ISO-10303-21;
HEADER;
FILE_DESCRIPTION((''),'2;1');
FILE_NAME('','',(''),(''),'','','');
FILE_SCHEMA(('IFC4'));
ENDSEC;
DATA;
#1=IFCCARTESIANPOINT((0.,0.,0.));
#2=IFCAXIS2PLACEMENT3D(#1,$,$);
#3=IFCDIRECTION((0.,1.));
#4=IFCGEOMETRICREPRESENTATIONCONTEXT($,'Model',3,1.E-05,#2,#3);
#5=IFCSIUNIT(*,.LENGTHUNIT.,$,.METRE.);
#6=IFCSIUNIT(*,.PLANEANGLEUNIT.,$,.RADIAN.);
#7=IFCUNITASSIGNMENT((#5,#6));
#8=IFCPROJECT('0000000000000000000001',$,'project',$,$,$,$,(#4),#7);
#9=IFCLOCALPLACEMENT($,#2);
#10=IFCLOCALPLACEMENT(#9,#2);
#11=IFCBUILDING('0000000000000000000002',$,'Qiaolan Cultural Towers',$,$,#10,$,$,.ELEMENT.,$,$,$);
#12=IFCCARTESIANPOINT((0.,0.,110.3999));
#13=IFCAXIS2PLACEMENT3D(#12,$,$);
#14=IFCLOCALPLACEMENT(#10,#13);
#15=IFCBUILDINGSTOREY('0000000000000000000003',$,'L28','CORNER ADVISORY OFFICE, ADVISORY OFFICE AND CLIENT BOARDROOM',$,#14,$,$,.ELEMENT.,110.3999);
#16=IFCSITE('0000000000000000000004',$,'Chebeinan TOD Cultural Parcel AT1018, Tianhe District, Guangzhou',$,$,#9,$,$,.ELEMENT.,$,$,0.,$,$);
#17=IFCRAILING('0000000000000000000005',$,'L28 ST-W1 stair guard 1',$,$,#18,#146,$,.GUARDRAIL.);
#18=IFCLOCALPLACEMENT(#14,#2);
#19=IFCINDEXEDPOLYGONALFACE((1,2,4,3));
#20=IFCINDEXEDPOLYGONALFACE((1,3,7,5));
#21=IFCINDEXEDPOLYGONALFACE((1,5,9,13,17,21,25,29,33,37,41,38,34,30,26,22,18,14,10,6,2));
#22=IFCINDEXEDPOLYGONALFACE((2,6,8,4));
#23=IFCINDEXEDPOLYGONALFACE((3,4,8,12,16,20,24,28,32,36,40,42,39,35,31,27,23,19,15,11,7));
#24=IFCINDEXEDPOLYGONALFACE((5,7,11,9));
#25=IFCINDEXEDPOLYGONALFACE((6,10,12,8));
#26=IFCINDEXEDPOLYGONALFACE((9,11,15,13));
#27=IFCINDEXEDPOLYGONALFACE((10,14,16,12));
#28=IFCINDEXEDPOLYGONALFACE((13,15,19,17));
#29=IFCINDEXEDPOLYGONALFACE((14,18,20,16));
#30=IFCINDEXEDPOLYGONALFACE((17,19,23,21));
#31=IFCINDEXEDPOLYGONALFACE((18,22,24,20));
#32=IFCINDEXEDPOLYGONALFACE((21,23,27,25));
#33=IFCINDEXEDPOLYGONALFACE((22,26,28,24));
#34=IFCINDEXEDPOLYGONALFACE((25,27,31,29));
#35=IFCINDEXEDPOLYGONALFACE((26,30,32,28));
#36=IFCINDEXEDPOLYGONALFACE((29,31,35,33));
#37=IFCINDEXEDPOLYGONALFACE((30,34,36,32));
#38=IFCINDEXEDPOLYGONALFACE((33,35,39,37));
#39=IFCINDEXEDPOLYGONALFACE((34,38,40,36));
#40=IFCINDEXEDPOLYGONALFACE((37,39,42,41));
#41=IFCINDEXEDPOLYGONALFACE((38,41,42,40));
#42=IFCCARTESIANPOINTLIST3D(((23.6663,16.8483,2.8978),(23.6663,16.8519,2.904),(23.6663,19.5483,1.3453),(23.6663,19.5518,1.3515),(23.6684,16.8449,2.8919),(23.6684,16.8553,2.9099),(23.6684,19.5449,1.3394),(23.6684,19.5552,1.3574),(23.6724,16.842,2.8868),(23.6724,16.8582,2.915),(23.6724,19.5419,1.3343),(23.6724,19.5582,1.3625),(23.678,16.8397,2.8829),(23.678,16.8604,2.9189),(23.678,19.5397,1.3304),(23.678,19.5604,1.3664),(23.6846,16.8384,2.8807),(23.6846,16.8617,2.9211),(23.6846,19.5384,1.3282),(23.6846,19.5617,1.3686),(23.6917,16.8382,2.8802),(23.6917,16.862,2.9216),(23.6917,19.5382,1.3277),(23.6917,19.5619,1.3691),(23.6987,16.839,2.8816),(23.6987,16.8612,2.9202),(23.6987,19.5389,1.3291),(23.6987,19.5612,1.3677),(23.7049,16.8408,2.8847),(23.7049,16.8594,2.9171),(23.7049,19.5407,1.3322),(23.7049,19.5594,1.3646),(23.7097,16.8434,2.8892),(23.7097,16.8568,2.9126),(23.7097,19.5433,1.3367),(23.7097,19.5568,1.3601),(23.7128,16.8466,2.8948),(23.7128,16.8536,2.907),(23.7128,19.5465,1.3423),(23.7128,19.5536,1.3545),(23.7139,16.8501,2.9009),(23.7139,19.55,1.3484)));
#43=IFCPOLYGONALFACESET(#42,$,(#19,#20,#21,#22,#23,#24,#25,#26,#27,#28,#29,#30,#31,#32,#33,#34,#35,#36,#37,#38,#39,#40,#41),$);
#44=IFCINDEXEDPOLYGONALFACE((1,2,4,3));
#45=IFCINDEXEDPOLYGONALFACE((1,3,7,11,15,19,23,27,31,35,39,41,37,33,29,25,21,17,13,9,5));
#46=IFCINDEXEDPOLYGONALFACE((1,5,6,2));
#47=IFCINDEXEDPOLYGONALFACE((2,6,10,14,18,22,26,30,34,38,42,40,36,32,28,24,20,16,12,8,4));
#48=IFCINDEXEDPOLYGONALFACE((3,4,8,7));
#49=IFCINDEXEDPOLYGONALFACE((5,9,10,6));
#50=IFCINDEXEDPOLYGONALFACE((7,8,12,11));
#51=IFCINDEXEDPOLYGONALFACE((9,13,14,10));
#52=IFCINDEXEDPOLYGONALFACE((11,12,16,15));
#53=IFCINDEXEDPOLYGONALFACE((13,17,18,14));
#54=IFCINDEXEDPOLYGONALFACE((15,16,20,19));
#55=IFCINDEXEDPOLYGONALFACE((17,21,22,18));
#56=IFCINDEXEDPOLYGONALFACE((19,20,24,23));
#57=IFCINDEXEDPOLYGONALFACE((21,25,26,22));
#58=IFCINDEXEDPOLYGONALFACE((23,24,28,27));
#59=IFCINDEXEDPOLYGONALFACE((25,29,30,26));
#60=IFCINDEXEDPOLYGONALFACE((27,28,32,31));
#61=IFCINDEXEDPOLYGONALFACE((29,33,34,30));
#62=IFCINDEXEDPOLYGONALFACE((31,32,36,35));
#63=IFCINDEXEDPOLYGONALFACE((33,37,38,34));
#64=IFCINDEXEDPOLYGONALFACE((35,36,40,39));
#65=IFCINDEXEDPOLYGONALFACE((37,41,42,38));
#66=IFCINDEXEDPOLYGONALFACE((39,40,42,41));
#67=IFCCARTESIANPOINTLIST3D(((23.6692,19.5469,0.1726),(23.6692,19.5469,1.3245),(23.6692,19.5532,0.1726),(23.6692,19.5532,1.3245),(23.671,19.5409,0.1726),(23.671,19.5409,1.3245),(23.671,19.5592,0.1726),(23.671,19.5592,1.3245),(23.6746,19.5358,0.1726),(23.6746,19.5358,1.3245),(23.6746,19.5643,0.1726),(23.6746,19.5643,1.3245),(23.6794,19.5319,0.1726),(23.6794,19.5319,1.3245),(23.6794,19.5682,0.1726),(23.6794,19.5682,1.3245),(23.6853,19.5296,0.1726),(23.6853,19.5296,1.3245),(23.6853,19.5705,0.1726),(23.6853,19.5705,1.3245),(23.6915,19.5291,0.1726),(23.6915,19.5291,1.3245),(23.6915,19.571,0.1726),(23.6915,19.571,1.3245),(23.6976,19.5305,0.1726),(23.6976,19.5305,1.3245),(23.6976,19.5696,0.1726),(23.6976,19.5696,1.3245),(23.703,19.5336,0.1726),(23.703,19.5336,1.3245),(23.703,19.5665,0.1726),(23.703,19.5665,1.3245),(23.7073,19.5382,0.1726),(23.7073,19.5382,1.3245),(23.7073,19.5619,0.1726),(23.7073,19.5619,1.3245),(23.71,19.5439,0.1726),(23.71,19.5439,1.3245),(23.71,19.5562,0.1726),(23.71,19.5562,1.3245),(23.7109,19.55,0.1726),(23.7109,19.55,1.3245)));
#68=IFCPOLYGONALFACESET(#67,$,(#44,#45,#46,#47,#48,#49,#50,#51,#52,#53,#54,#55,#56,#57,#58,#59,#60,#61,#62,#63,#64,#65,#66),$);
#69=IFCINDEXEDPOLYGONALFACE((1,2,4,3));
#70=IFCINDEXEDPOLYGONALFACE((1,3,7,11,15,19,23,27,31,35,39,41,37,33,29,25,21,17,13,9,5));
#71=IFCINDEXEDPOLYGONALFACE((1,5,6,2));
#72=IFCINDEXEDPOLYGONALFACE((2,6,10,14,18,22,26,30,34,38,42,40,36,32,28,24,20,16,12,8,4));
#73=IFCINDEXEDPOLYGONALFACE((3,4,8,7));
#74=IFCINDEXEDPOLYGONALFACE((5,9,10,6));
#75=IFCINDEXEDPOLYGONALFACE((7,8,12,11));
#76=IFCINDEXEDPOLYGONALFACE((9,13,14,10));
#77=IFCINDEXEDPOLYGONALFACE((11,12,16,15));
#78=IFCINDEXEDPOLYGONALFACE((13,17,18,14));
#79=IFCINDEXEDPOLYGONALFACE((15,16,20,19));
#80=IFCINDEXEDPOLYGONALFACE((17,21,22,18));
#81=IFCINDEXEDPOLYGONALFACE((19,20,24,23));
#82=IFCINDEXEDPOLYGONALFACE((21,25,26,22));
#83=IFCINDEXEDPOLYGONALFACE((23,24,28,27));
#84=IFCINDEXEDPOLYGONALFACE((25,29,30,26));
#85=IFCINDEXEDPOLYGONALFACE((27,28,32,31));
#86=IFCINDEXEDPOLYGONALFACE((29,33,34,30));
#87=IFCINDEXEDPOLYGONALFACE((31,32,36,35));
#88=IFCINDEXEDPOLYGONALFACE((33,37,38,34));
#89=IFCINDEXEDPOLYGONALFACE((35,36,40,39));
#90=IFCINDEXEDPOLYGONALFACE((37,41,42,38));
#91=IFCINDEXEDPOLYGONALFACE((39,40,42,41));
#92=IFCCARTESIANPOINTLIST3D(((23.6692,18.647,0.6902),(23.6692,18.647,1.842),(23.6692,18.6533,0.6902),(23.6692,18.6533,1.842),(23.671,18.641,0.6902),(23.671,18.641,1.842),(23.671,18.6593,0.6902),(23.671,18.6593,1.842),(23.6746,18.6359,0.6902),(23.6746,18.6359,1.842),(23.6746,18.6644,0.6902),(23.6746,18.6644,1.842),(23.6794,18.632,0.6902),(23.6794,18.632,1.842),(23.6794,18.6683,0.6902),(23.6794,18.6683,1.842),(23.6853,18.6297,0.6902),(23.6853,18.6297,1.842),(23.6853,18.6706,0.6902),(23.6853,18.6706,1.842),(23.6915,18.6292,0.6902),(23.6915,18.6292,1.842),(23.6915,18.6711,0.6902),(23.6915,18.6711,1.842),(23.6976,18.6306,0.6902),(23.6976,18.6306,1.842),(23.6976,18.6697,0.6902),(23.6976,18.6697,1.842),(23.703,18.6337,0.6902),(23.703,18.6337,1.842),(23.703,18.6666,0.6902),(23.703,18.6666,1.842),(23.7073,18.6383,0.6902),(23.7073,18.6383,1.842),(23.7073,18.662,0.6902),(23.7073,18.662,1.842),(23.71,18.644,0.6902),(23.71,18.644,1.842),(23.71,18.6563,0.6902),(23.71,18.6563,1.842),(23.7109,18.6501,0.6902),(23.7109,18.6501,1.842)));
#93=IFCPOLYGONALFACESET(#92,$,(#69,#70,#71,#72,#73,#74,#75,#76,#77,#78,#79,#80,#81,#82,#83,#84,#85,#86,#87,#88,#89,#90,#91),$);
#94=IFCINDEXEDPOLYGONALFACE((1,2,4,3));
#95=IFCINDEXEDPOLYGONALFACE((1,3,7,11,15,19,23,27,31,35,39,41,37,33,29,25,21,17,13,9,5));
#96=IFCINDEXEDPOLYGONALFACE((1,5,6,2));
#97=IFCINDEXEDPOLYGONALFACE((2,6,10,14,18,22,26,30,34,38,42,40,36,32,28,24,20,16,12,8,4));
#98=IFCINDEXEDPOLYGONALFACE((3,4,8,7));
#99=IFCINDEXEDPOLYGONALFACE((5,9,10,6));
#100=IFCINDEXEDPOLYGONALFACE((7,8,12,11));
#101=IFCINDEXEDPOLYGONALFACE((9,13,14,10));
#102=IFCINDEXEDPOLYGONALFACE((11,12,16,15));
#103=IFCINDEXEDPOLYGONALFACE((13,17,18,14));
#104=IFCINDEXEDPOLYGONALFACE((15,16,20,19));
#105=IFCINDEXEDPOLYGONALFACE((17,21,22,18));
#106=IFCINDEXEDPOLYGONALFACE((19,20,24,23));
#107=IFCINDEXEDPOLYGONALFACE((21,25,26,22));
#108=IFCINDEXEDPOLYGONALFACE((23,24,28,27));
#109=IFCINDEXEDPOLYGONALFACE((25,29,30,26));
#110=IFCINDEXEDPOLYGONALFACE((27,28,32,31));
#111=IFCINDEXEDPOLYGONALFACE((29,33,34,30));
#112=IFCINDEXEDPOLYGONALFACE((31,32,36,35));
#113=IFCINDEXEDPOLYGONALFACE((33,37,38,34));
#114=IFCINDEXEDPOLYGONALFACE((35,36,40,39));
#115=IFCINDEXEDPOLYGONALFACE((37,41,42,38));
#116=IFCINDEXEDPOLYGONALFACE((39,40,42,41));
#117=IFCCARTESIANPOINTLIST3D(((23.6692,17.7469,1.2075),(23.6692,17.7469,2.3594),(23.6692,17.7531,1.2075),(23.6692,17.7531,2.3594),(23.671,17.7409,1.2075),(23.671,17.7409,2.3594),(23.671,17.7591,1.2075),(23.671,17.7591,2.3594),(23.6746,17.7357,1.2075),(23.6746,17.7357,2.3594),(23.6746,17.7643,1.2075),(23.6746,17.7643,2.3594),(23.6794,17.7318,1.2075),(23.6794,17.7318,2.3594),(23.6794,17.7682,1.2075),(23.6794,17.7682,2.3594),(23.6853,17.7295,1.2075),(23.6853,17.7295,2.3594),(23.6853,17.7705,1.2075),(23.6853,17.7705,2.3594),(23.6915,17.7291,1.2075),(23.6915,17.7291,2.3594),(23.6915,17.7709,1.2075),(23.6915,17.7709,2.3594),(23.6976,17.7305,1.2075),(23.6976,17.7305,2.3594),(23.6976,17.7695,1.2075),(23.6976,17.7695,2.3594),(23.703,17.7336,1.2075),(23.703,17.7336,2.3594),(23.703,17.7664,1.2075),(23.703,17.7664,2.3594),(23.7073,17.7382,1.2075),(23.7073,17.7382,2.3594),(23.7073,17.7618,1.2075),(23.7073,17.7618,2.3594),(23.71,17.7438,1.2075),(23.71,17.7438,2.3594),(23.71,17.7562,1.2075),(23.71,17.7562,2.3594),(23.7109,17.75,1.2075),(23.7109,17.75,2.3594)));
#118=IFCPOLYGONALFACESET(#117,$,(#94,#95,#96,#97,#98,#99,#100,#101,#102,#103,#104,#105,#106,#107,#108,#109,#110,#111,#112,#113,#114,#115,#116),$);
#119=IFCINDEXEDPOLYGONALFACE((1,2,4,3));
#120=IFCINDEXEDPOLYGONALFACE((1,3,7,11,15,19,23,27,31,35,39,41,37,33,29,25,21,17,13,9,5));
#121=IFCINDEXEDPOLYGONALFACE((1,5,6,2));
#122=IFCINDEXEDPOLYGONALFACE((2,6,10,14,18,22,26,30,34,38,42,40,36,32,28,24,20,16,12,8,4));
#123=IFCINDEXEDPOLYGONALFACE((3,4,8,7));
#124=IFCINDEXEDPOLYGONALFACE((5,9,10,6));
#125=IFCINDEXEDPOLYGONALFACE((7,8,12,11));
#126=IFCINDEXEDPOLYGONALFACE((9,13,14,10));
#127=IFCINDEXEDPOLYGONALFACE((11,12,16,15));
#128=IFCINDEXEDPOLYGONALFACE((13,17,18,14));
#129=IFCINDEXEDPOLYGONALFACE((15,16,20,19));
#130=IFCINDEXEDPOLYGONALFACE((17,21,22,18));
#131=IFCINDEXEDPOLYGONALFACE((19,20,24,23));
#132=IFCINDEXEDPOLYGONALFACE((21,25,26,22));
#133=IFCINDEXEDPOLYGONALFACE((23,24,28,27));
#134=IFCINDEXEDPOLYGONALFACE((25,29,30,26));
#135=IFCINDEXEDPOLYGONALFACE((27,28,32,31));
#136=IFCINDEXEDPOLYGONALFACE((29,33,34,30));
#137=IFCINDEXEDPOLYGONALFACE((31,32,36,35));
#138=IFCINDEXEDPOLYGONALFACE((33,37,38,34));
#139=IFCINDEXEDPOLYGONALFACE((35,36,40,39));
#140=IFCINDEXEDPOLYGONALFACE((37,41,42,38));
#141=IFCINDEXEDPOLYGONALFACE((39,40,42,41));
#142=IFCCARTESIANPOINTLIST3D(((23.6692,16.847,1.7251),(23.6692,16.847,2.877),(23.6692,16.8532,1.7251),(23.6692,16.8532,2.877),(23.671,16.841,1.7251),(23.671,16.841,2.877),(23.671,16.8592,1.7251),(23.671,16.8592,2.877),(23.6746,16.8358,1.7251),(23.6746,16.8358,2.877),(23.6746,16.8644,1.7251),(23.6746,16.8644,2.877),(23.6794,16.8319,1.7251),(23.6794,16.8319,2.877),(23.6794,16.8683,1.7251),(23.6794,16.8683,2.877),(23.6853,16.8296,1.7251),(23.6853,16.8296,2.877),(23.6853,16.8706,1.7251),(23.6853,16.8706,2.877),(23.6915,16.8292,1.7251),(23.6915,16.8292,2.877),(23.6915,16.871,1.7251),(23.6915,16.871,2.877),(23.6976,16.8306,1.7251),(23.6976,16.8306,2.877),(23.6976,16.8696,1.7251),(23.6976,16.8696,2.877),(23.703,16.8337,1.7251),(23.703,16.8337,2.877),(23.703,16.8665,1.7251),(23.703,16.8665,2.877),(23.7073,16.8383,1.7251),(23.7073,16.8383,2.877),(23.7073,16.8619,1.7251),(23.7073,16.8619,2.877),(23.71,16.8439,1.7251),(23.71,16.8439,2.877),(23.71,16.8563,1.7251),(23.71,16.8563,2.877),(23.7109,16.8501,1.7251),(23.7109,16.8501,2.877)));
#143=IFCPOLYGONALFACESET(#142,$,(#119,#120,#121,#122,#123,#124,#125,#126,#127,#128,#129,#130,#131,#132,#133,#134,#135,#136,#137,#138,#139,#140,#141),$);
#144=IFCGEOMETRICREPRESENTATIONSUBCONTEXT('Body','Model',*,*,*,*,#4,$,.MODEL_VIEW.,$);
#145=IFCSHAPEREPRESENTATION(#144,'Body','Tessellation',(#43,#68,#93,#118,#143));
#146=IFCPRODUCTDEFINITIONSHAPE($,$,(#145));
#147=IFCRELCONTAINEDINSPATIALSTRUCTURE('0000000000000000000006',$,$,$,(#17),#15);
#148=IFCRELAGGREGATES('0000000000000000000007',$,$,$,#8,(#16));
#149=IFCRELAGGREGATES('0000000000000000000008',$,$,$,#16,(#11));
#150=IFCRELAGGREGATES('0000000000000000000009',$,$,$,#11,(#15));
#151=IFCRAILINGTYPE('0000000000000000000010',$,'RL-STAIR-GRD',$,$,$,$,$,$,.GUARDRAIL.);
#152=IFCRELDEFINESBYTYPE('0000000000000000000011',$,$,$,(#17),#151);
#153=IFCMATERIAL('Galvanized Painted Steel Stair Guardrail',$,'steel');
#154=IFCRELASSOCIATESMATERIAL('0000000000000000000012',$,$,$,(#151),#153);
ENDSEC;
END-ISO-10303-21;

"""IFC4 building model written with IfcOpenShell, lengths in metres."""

from ifc_helpers import new_model, si_unit, direction, frame, origin, origin_2d, place, context, subcontext, project, spatial, circle, extrude, material, type_object, element, save


model = new_model("IFC4")

# Units and contexts
model_context = context("Model", 3, precision=1e-05, world=origin(), true_north=direction((0.0, 1.0)))
body_context = subcontext(model_context, "Body", "Model", "MODEL_VIEW")
ifc_project = project(units=[si_unit("LENGTHUNIT", "METRE"), si_unit("PLANEANGLEUNIT", "RADIAN")], contexts=[model_context])

# Site, building, storey
site_placement = place(None, origin())
site = spatial("IfcSite", under=ifc_project, at=site_placement, Name="Chebeinan TOD Cultural Parcel AT1018, Tianhe District, Guangzhou", CompositionType="ELEMENT", RefElevation=0.0)
building_placement = place(site_placement, origin())
building = spatial("IfcBuilding", under=site, at=building_placement, Name="Qiaolan Cultural Towers", CompositionType="ELEMENT")
storey_placement = place(building_placement, frame((0.0, 0.0, 110.3999)))
storey = spatial("IfcBuildingStorey", under=building, at=storey_placement, Name="L28", Description="CORNER ADVISORY OFFICE, ADVISORY OFFICE AND CLIENT BOARDROOM", CompositionType="ELEMENT", Elevation=110.3999)

# Railing
ifc_material_1 = material(Name="Galvanized Painted Steel Stair Guardrail", Category="steel")
railing_type_1 = type_object("IfcRailingType", Name="RL-STAIR-GRD", PredefinedType="GUARDRAIL", material=ifc_material_1)
railing_1_placement = place(storey_placement, frame((23.6899, 19.55, 0.1726)))
element("IfcRailing", 1, at=railing_1_placement, inside=storey, type_object=railing_type_1, Name="L28 ST-W1 stair guard 1", PredefinedType="GUARDRAIL", context=body_context, shape_type="SweptSolid", body=[
    extrude(circle(Radius=0.0239, at=origin_2d()), frame((0.0, 0.0, 1.1758), z_axis=(0.0, -0.866904, 0.498476), x_axis=(1.0, 0.0, 0.0)), (0.0, 0.0, 1.0), 3.1145),
    extrude(circle(Radius=0.021, at=origin_2d()), origin(), (0.0, 0.0, 1.0), 1.1519),
    extrude(circle(Radius=0.021, at=origin_2d()), frame((0.0, -0.8999, 0.5176)), (0.0, 0.0, 1.0), 1.1519),
    extrude(circle(Radius=0.021, at=origin_2d()), frame((0.0, -1.8, 1.0349)), (0.0, 0.0, 1.0), 1.1519),
    extrude(circle(Radius=0.021, at=origin_2d()), frame((0.0, -2.7, 1.5525)), (0.0, 0.0, 1.0), 1.1519),
])

save(model, "model.ifc")
